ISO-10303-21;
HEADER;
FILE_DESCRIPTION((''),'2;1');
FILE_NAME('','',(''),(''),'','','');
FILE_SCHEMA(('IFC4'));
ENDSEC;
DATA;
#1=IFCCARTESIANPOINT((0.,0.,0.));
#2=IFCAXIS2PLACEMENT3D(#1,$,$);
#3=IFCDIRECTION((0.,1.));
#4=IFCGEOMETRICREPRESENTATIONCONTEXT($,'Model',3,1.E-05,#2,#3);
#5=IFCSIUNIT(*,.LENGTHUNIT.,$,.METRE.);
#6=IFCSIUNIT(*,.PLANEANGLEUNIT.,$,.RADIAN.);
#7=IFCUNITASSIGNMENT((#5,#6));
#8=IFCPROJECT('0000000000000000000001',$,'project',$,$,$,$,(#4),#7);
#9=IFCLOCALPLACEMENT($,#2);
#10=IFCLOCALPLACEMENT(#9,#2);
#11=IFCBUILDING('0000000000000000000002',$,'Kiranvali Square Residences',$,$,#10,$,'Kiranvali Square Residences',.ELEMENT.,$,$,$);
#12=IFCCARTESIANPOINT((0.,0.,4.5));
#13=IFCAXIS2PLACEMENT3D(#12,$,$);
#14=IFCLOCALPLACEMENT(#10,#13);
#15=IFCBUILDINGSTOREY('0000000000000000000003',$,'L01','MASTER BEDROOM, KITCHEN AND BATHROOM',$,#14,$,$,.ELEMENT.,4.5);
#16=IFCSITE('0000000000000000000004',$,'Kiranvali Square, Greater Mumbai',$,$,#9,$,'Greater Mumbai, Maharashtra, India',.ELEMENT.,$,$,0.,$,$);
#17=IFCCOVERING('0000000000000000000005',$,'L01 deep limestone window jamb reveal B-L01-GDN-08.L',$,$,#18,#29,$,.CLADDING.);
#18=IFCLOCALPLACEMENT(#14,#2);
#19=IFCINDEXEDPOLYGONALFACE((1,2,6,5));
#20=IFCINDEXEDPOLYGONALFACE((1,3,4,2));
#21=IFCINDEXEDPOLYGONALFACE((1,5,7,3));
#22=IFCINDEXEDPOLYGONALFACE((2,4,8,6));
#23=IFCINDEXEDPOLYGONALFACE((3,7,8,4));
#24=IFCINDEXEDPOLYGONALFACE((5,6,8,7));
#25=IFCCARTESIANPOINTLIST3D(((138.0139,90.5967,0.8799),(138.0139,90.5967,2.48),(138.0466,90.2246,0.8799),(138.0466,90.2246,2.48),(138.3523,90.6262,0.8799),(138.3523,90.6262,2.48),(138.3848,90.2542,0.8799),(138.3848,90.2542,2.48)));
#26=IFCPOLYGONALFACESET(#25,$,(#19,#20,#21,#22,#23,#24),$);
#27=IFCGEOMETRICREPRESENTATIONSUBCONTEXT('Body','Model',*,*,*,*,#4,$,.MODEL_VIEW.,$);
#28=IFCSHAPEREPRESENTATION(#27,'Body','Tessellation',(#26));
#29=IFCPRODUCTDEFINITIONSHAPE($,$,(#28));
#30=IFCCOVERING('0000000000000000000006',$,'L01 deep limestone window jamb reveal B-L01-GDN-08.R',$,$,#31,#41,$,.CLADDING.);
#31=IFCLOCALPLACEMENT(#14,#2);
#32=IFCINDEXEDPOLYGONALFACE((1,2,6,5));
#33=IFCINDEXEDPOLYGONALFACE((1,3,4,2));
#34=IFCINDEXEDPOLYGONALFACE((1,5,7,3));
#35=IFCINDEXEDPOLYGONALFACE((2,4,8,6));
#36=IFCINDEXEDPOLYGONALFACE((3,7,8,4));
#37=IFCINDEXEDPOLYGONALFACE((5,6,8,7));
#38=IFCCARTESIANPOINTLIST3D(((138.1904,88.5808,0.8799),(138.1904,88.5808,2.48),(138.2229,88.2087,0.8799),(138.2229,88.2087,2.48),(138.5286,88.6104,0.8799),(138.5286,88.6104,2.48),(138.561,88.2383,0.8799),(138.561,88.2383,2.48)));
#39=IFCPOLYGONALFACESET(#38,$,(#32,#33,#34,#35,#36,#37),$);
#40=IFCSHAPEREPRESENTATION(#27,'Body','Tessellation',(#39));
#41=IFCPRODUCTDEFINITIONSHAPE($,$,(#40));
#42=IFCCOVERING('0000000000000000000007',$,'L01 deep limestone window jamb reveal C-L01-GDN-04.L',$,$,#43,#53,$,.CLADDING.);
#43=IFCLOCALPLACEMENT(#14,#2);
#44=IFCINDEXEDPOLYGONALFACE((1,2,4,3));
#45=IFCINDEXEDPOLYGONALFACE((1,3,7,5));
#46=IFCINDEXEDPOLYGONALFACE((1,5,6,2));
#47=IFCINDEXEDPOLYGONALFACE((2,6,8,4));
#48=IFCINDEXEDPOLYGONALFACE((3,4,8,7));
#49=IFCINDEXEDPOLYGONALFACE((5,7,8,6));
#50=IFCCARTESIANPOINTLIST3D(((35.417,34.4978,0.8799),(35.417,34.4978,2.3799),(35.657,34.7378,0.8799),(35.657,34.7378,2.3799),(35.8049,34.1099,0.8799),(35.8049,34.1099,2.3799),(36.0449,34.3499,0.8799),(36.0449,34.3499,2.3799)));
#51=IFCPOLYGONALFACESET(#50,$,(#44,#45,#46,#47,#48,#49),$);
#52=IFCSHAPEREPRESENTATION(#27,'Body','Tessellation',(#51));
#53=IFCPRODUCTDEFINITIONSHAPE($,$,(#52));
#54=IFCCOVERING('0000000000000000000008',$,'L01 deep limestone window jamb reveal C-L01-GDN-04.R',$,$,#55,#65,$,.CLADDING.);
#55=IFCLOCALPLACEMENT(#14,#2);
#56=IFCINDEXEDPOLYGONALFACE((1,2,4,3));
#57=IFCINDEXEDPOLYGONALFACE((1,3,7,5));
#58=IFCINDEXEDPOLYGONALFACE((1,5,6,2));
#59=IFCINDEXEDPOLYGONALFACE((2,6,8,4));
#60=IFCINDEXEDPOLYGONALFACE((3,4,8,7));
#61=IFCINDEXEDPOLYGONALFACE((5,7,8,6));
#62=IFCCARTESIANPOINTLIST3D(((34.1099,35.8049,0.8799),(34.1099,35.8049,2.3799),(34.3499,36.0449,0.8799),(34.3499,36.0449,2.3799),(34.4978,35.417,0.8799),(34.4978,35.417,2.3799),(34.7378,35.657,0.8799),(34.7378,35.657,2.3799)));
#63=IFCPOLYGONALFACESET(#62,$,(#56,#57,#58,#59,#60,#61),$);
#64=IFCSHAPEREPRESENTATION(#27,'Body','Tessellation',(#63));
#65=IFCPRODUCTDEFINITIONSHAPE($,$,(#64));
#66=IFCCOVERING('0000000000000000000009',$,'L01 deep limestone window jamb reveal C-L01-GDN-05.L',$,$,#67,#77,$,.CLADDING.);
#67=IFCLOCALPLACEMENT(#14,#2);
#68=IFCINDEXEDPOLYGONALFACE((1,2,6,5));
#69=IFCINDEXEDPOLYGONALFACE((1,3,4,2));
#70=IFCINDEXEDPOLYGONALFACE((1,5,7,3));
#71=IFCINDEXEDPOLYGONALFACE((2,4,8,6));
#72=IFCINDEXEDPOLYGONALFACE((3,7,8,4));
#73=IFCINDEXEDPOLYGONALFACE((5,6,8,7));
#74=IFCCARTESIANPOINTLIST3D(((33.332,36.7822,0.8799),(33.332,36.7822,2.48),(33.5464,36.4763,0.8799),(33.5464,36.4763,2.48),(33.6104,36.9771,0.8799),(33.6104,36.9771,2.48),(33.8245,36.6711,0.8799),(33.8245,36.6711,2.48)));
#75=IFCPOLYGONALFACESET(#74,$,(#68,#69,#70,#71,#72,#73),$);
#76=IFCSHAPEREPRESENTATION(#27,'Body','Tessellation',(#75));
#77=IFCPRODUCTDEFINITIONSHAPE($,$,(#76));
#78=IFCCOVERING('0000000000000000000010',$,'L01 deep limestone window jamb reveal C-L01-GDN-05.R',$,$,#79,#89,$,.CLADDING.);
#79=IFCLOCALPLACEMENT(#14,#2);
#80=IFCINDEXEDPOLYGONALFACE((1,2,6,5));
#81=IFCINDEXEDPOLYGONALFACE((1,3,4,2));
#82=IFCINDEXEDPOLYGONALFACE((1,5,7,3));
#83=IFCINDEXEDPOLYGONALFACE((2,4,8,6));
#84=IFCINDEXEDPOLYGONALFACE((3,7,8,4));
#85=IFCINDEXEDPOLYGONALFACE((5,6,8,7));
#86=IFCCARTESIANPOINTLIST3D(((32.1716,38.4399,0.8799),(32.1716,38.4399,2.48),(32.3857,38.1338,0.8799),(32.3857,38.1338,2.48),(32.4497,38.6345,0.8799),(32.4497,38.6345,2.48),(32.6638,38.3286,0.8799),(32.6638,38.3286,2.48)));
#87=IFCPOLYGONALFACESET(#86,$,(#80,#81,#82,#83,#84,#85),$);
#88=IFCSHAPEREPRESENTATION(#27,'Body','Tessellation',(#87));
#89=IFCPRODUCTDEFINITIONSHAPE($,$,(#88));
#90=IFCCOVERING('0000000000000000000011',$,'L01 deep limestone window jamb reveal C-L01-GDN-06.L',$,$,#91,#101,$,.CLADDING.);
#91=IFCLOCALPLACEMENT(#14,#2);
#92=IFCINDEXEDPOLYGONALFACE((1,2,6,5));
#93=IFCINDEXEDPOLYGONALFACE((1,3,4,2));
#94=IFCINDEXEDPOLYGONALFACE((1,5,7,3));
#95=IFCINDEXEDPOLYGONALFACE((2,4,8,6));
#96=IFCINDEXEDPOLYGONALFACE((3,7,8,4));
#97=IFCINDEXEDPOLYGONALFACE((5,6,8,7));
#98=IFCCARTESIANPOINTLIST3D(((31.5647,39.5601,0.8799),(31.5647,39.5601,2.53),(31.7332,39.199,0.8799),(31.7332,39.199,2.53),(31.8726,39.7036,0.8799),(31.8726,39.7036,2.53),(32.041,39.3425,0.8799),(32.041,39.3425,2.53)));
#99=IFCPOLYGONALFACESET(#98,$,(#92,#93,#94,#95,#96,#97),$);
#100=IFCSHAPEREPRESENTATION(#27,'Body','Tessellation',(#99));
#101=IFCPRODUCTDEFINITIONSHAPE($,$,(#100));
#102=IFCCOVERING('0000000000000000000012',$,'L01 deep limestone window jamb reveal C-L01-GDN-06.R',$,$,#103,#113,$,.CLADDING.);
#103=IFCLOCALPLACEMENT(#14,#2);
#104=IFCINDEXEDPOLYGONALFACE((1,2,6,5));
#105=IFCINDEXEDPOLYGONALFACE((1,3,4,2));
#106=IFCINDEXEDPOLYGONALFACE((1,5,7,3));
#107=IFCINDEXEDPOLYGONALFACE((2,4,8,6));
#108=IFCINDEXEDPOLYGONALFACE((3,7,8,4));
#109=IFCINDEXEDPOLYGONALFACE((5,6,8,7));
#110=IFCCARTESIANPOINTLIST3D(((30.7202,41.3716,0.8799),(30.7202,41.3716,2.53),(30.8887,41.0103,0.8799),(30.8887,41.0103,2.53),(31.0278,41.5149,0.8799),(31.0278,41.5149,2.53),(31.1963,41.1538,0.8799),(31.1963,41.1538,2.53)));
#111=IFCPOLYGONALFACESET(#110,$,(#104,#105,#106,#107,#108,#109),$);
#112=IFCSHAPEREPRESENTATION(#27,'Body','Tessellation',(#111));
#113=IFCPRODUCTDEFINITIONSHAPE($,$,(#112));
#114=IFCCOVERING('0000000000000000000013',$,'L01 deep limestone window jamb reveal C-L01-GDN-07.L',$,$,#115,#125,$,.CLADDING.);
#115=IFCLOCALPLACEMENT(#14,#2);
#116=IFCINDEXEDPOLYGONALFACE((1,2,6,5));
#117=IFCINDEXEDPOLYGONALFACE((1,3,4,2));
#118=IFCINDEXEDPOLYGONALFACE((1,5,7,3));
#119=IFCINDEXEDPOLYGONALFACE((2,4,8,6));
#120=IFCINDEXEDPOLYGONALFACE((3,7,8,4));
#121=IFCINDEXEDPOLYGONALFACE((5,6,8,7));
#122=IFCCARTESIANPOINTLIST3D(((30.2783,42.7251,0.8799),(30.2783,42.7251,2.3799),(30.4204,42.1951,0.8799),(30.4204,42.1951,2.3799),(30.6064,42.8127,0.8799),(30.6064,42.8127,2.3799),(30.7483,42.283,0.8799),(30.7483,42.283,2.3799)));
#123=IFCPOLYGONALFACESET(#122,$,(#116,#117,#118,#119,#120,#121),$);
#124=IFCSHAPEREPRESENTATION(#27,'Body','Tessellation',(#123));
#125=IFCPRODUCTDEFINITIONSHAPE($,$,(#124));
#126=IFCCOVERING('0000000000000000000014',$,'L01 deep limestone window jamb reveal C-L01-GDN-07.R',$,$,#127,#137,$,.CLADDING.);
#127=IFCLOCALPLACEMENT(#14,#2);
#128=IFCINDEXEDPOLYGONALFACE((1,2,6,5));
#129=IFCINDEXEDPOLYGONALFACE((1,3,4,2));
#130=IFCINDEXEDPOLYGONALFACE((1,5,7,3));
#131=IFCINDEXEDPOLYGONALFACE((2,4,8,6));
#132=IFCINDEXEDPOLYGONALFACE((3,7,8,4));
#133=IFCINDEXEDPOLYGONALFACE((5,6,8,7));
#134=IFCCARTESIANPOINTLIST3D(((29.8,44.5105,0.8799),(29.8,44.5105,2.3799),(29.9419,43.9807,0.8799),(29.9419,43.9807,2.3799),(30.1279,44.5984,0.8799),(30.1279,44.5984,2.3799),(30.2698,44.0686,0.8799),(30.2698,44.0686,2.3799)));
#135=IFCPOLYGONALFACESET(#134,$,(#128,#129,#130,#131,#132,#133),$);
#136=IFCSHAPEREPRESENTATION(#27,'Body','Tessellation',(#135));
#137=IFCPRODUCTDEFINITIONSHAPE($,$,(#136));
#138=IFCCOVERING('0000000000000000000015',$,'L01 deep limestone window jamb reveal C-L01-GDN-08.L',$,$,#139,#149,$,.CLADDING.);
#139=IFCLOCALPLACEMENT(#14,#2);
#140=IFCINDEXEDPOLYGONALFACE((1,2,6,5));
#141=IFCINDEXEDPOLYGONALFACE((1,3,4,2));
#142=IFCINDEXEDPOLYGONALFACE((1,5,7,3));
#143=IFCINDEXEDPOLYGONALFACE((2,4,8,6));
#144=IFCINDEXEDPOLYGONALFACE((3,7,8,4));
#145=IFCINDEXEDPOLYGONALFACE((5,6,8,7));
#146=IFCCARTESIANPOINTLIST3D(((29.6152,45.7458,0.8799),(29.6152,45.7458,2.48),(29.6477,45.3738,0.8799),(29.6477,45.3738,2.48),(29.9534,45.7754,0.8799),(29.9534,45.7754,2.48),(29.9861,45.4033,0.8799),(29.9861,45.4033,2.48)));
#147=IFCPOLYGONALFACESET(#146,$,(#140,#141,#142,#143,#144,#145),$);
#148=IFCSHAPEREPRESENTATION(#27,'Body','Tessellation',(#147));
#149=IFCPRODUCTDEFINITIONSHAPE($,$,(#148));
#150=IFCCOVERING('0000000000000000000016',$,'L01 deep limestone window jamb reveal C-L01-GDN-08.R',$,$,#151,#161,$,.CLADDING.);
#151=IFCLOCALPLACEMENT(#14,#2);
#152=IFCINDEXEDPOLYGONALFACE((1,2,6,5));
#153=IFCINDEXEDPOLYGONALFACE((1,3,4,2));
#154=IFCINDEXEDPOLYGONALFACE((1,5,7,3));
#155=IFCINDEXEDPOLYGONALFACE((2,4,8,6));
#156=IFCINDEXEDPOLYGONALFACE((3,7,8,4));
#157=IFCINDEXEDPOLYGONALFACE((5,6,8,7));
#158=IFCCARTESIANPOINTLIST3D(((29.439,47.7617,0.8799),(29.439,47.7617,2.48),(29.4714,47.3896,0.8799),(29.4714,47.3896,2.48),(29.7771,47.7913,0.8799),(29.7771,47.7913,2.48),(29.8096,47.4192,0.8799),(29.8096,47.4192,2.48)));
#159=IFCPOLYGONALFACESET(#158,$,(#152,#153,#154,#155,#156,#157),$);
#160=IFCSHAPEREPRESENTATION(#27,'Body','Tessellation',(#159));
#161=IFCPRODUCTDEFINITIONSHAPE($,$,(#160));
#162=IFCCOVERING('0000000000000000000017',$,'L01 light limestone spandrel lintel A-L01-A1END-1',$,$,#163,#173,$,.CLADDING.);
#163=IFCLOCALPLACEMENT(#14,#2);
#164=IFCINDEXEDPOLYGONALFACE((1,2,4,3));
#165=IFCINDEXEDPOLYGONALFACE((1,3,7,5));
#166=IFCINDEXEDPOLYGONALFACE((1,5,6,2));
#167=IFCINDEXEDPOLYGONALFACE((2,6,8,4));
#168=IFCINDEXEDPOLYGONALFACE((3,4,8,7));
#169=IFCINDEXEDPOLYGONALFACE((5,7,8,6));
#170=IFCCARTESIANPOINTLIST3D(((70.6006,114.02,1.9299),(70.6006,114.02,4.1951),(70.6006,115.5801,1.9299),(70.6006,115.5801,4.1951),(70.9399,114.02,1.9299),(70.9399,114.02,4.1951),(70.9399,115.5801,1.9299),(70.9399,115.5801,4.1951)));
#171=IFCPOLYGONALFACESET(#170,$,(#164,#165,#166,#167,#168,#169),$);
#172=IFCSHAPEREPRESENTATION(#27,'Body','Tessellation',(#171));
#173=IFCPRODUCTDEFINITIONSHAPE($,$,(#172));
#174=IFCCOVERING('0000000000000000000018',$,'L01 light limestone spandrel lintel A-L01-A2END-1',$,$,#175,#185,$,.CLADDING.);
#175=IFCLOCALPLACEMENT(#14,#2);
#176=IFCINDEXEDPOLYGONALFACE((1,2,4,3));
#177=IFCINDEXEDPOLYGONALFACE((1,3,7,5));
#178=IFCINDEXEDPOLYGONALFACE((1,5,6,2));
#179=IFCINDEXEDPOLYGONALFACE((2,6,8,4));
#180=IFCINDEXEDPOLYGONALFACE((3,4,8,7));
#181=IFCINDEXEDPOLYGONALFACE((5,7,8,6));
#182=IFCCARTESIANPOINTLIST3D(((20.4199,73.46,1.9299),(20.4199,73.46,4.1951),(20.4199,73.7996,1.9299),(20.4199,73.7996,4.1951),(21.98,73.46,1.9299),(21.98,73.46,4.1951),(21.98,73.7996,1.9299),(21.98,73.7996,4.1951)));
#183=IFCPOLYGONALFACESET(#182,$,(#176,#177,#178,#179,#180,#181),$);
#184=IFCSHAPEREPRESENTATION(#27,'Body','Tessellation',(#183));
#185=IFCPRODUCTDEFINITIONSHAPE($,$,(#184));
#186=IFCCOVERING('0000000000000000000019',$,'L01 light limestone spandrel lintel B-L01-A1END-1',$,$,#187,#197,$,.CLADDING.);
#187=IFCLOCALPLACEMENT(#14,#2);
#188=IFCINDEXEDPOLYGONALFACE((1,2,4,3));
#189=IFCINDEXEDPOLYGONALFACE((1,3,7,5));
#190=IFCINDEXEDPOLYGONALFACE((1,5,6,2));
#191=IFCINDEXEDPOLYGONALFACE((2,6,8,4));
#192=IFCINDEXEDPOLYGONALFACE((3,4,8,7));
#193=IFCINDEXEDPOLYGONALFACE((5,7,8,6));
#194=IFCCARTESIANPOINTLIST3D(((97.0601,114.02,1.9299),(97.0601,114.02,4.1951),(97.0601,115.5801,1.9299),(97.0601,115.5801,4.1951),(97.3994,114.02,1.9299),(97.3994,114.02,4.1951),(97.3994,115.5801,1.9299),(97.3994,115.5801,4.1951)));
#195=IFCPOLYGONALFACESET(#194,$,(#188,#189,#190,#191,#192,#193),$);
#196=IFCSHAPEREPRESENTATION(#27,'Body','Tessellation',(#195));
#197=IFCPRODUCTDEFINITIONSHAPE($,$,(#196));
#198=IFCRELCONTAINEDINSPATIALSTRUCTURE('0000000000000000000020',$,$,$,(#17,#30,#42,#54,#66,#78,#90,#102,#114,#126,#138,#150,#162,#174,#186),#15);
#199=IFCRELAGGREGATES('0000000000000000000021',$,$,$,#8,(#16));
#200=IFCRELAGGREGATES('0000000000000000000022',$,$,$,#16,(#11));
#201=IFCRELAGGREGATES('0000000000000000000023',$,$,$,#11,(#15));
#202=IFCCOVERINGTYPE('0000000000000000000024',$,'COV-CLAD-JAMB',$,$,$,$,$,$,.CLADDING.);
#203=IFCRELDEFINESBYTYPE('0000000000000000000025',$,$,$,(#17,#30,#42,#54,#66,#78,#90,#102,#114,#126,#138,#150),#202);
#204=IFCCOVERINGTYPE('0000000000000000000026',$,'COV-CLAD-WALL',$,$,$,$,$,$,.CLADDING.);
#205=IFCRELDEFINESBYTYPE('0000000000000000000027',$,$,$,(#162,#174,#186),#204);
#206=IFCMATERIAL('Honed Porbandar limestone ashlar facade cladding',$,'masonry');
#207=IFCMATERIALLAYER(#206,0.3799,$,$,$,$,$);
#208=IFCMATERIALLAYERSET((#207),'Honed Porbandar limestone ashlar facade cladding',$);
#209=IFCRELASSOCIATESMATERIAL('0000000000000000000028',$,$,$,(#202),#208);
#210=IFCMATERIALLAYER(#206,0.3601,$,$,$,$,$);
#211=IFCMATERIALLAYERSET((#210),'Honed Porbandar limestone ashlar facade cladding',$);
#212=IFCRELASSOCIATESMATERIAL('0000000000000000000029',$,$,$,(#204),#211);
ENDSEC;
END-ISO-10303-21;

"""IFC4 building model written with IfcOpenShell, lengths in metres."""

from ifc_helpers import new_model, si_unit, direction, frame, origin, place, context, subcontext, project, spatial, polyline, outline, extrude, material, layer, layer_set, type_object, element, save


model = new_model("IFC4")

# Units and contexts
model_context = context("Model", 3, precision=1e-05, world=origin(), true_north=direction((0.0, 1.0)))
body_context = subcontext(model_context, "Body", "Model", "MODEL_VIEW")
ifc_project = project(units=[si_unit("LENGTHUNIT", "METRE"), si_unit("PLANEANGLEUNIT", "RADIAN")], contexts=[model_context])

# Site, building, storey
site_placement = place(None, origin())
site = spatial("IfcSite", under=ifc_project, at=site_placement, Name="Kiranvali Square, Greater Mumbai", LongName="Greater Mumbai, Maharashtra, India", CompositionType="ELEMENT", RefElevation=0.0)
building_placement = place(site_placement, origin())
building = spatial("IfcBuilding", under=site, at=building_placement, Name="Kiranvali Square Residences", LongName="Kiranvali Square Residences", CompositionType="ELEMENT")
storey_placement = place(building_placement, frame((0.0, 0.0, 4.5)))
storey = spatial("IfcBuildingStorey", under=building, at=storey_placement, Name="L01", Description="MASTER BEDROOM, KITCHEN AND BATHROOM", CompositionType="ELEMENT", Elevation=4.5)

# Coverings
ifc_material_1 = material(Name="Honed Porbandar limestone ashlar facade cladding", Category="masonry")
ifc_layer_1 = layer(ifc_material_1, 0.3799)
ifc_layer_set_1 = layer_set([ifc_layer_1], Name="Honed Porbandar limestone ashlar facade cladding")
covering_type_1 = type_object("IfcCoveringType", Name="COV-CLAD-JAMB", PredefinedType="CLADDING", material=ifc_layer_set_1)
covering_1_placement = place(storey_placement, frame((0.0, 0.0, 0.8799)))
element("IfcCovering", 1, at=covering_1_placement, inside=storey, type_object=covering_type_1, Name="L01 deep limestone window jamb reveal B-L01-GDN-08.L", PredefinedType="CLADDING", context=body_context, shape_type="SweptSolid", body=[
    extrude(outline(polyline([(138.0139, 90.5967), (138.0466, 90.2246), (138.3848, 90.2542), (138.3523, 90.6262), (138.0139, 90.5967)])), origin(), (0.0, 0.0, 1.0), 1.6001),
])
covering_2_placement = place(storey_placement, frame((0.0, 0.0, 0.8799)))
element("IfcCovering", 2, at=covering_2_placement, inside=storey, type_object=covering_type_1, Name="L01 deep limestone window jamb reveal B-L01-GDN-08.R", PredefinedType="CLADDING", context=body_context, shape_type="SweptSolid", body=[
    extrude(outline(polyline([(138.1904, 88.5808), (138.2229, 88.2087), (138.561, 88.2383), (138.5286, 88.6104), (138.1904, 88.5808)])), origin(), (0.0, 0.0, 1.0), 1.6001),
])
covering_3_placement = place(storey_placement, frame((0.0, 0.0, 0.8799)))
element("IfcCovering", 3, at=covering_3_placement, inside=storey, type_object=covering_type_1, Name="L01 deep limestone window jamb reveal C-L01-GDN-04.L", PredefinedType="CLADDING", context=body_context, shape_type="SweptSolid", body=[
    extrude(outline(polyline([(36.0449, 34.3499), (35.657, 34.7378), (35.417, 34.4978), (35.8049, 34.1099), (36.0449, 34.3499)])), origin(), (0.0, 0.0, 1.0), 1.5),
])
covering_4_placement = place(storey_placement, frame((0.0, 0.0, 0.8799)))
element("IfcCovering", 4, at=covering_4_placement, inside=storey, type_object=covering_type_1, Name="L01 deep limestone window jamb reveal C-L01-GDN-04.R", PredefinedType="CLADDING", context=body_context, shape_type="SweptSolid", body=[
    extrude(outline(polyline([(34.7378, 35.657), (34.3499, 36.0449), (34.1099, 35.8049), (34.4978, 35.417), (34.7378, 35.657)])), origin(), (0.0, 0.0, 1.0), 1.5),
])
covering_5_placement = place(storey_placement, frame((0.0, 0.0, 0.8799)))
element("IfcCovering", 5, at=covering_5_placement, inside=storey, type_object=covering_type_1, Name="L01 deep limestone window jamb reveal C-L01-GDN-05.L", PredefinedType="CLADDING", context=body_context, shape_type="SweptSolid", body=[
    extrude(outline(polyline([(33.8245, 36.6711), (33.6104, 36.9771), (33.332, 36.7822), (33.5464, 36.4763), (33.8245, 36.6711)])), origin(), (0.0, 0.0, 1.0), 1.6001),
])
covering_6_placement = place(storey_placement, frame((0.0, 0.0, 0.8799)))
element("IfcCovering", 6, at=covering_6_placement, inside=storey, type_object=covering_type_1, Name="L01 deep limestone window jamb reveal C-L01-GDN-05.R", PredefinedType="CLADDING", context=body_context, shape_type="SweptSolid", body=[
    extrude(outline(polyline([(32.6638, 38.3286), (32.4497, 38.6345), (32.1716, 38.4399), (32.3857, 38.1338), (32.6638, 38.3286)])), origin(), (0.0, 0.0, 1.0), 1.6001),
])
covering_7_placement = place(storey_placement, frame((0.0, 0.0, 0.8799)))
element("IfcCovering", 7, at=covering_7_placement, inside=storey, type_object=covering_type_1, Name="L01 deep limestone window jamb reveal C-L01-GDN-06.L", PredefinedType="CLADDING", context=body_context, shape_type="SweptSolid", body=[
    extrude(outline(polyline([(32.041, 39.3425), (31.8726, 39.7036), (31.5647, 39.5601), (31.7332, 39.199), (32.041, 39.3425)])), origin(), (0.0, 0.0, 1.0), 1.6501),
])
covering_8_placement = place(storey_placement, frame((0.0, 0.0, 0.8799)))
element("IfcCovering", 8, at=covering_8_placement, inside=storey, type_object=covering_type_1, Name="L01 deep limestone window jamb reveal C-L01-GDN-06.R", PredefinedType="CLADDING", context=body_context, shape_type="SweptSolid", body=[
    extrude(outline(polyline([(31.1963, 41.1538), (31.0278, 41.5149), (30.7202, 41.3716), (30.8887, 41.0103), (31.1963, 41.1538)])), origin(), (0.0, 0.0, 1.0), 1.6501),
])
covering_9_placement = place(storey_placement, frame((0.0, 0.0, 0.8799)))
element("IfcCovering", 9, at=covering_9_placement, inside=storey, type_object=covering_type_1, Name="L01 deep limestone window jamb reveal C-L01-GDN-07.L", PredefinedType="CLADDING", context=body_context, shape_type="SweptSolid", body=[
    extrude(outline(polyline([(30.7483, 42.283), (30.6064, 42.8127), (30.2783, 42.7251), (30.4204, 42.1951), (30.7483, 42.283)])), origin(), (0.0, 0.0, 1.0), 1.5),
])
covering_10_placement = place(storey_placement, frame((0.0, 0.0, 0.8799)))
element("IfcCovering", 10, at=covering_10_placement, inside=storey, type_object=covering_type_1, Name="L01 deep limestone window jamb reveal C-L01-GDN-07.R", PredefinedType="CLADDING", context=body_context, shape_type="SweptSolid", body=[
    extrude(outline(polyline([(30.2698, 44.0686), (30.1279, 44.5984), (29.8, 44.5105), (29.9419, 43.9807), (30.2698, 44.0686)])), origin(), (0.0, 0.0, 1.0), 1.5),
])
covering_11_placement = place(storey_placement, frame((0.0, 0.0, 0.8799)))
element("IfcCovering", 11, at=covering_11_placement, inside=storey, type_object=covering_type_1, Name="L01 deep limestone window jamb reveal C-L01-GDN-08.L", PredefinedType="CLADDING", context=body_context, shape_type="SweptSolid", body=[
    extrude(outline(polyline([(29.9861, 45.4033), (29.9534, 45.7754), (29.6152, 45.7458), (29.6477, 45.3738), (29.9861, 45.4033)])), origin(), (0.0, 0.0, 1.0), 1.6001),
])
covering_12_placement = place(storey_placement, frame((0.0, 0.0, 0.8799)))
element("IfcCovering", 12, at=covering_12_placement, inside=storey, type_object=covering_type_1, Name="L01 deep limestone window jamb reveal C-L01-GDN-08.R", PredefinedType="CLADDING", context=body_context, shape_type="SweptSolid", body=[
    extrude(outline(polyline([(29.8096, 47.4192), (29.7771, 47.7913), (29.439, 47.7617), (29.4714, 47.3896), (29.8096, 47.4192)])), origin(), (0.0, 0.0, 1.0), 1.6001),
])
ifc_layer_2 = layer(ifc_material_1, 0.3601)
ifc_layer_set_2 = layer_set([ifc_layer_2], Name="Honed Porbandar limestone ashlar facade cladding")
covering_type_2 = type_object("IfcCoveringType", Name="COV-CLAD-WALL", PredefinedType="CLADDING", material=ifc_layer_set_2)
covering_13_placement = place(storey_placement, frame((0.0, 0.0, 1.9299)))
element("IfcCovering", 13, at=covering_13_placement, inside=storey, type_object=covering_type_2, Name="L01 light limestone spandrel lintel A-L01-A1END-1", PredefinedType="CLADDING", context=body_context, shape_type="SweptSolid", body=[
    extrude(outline(polyline([(70.9399, 114.02), (70.9399, 115.5801), (70.6006, 115.5801), (70.6006, 114.02), (70.9399, 114.02)])), origin(), (0.0, 0.0, 1.0), 2.2651),
])
covering_14_placement = place(storey_placement, frame((0.0, 0.0, 1.9299)))
element("IfcCovering", 14, at=covering_14_placement, inside=storey, type_object=covering_type_2, Name="L01 light limestone spandrel lintel A-L01-A2END-1", PredefinedType="CLADDING", context=body_context, shape_type="SweptSolid", body=[
    extrude(outline(polyline([(21.98, 73.7996), (20.4199, 73.7996), (20.4199, 73.46), (21.98, 73.46), (21.98, 73.7996)])), origin(), (0.0, 0.0, 1.0), 2.2651),
])
covering_15_placement = place(storey_placement, frame((0.0, 0.0, 1.9299)))
element("IfcCovering", 15, at=covering_15_placement, inside=storey, type_object=covering_type_2, Name="L01 light limestone spandrel lintel B-L01-A1END-1", PredefinedType="CLADDING", context=body_context, shape_type="SweptSolid", body=[
    extrude(outline(polyline([(97.3994, 114.02), (97.3994, 115.5801), (97.0601, 115.5801), (97.0601, 114.02), (97.3994, 114.02)])), origin(), (0.0, 0.0, 1.0), 2.2651),
])

save(model, "model.ifc")
